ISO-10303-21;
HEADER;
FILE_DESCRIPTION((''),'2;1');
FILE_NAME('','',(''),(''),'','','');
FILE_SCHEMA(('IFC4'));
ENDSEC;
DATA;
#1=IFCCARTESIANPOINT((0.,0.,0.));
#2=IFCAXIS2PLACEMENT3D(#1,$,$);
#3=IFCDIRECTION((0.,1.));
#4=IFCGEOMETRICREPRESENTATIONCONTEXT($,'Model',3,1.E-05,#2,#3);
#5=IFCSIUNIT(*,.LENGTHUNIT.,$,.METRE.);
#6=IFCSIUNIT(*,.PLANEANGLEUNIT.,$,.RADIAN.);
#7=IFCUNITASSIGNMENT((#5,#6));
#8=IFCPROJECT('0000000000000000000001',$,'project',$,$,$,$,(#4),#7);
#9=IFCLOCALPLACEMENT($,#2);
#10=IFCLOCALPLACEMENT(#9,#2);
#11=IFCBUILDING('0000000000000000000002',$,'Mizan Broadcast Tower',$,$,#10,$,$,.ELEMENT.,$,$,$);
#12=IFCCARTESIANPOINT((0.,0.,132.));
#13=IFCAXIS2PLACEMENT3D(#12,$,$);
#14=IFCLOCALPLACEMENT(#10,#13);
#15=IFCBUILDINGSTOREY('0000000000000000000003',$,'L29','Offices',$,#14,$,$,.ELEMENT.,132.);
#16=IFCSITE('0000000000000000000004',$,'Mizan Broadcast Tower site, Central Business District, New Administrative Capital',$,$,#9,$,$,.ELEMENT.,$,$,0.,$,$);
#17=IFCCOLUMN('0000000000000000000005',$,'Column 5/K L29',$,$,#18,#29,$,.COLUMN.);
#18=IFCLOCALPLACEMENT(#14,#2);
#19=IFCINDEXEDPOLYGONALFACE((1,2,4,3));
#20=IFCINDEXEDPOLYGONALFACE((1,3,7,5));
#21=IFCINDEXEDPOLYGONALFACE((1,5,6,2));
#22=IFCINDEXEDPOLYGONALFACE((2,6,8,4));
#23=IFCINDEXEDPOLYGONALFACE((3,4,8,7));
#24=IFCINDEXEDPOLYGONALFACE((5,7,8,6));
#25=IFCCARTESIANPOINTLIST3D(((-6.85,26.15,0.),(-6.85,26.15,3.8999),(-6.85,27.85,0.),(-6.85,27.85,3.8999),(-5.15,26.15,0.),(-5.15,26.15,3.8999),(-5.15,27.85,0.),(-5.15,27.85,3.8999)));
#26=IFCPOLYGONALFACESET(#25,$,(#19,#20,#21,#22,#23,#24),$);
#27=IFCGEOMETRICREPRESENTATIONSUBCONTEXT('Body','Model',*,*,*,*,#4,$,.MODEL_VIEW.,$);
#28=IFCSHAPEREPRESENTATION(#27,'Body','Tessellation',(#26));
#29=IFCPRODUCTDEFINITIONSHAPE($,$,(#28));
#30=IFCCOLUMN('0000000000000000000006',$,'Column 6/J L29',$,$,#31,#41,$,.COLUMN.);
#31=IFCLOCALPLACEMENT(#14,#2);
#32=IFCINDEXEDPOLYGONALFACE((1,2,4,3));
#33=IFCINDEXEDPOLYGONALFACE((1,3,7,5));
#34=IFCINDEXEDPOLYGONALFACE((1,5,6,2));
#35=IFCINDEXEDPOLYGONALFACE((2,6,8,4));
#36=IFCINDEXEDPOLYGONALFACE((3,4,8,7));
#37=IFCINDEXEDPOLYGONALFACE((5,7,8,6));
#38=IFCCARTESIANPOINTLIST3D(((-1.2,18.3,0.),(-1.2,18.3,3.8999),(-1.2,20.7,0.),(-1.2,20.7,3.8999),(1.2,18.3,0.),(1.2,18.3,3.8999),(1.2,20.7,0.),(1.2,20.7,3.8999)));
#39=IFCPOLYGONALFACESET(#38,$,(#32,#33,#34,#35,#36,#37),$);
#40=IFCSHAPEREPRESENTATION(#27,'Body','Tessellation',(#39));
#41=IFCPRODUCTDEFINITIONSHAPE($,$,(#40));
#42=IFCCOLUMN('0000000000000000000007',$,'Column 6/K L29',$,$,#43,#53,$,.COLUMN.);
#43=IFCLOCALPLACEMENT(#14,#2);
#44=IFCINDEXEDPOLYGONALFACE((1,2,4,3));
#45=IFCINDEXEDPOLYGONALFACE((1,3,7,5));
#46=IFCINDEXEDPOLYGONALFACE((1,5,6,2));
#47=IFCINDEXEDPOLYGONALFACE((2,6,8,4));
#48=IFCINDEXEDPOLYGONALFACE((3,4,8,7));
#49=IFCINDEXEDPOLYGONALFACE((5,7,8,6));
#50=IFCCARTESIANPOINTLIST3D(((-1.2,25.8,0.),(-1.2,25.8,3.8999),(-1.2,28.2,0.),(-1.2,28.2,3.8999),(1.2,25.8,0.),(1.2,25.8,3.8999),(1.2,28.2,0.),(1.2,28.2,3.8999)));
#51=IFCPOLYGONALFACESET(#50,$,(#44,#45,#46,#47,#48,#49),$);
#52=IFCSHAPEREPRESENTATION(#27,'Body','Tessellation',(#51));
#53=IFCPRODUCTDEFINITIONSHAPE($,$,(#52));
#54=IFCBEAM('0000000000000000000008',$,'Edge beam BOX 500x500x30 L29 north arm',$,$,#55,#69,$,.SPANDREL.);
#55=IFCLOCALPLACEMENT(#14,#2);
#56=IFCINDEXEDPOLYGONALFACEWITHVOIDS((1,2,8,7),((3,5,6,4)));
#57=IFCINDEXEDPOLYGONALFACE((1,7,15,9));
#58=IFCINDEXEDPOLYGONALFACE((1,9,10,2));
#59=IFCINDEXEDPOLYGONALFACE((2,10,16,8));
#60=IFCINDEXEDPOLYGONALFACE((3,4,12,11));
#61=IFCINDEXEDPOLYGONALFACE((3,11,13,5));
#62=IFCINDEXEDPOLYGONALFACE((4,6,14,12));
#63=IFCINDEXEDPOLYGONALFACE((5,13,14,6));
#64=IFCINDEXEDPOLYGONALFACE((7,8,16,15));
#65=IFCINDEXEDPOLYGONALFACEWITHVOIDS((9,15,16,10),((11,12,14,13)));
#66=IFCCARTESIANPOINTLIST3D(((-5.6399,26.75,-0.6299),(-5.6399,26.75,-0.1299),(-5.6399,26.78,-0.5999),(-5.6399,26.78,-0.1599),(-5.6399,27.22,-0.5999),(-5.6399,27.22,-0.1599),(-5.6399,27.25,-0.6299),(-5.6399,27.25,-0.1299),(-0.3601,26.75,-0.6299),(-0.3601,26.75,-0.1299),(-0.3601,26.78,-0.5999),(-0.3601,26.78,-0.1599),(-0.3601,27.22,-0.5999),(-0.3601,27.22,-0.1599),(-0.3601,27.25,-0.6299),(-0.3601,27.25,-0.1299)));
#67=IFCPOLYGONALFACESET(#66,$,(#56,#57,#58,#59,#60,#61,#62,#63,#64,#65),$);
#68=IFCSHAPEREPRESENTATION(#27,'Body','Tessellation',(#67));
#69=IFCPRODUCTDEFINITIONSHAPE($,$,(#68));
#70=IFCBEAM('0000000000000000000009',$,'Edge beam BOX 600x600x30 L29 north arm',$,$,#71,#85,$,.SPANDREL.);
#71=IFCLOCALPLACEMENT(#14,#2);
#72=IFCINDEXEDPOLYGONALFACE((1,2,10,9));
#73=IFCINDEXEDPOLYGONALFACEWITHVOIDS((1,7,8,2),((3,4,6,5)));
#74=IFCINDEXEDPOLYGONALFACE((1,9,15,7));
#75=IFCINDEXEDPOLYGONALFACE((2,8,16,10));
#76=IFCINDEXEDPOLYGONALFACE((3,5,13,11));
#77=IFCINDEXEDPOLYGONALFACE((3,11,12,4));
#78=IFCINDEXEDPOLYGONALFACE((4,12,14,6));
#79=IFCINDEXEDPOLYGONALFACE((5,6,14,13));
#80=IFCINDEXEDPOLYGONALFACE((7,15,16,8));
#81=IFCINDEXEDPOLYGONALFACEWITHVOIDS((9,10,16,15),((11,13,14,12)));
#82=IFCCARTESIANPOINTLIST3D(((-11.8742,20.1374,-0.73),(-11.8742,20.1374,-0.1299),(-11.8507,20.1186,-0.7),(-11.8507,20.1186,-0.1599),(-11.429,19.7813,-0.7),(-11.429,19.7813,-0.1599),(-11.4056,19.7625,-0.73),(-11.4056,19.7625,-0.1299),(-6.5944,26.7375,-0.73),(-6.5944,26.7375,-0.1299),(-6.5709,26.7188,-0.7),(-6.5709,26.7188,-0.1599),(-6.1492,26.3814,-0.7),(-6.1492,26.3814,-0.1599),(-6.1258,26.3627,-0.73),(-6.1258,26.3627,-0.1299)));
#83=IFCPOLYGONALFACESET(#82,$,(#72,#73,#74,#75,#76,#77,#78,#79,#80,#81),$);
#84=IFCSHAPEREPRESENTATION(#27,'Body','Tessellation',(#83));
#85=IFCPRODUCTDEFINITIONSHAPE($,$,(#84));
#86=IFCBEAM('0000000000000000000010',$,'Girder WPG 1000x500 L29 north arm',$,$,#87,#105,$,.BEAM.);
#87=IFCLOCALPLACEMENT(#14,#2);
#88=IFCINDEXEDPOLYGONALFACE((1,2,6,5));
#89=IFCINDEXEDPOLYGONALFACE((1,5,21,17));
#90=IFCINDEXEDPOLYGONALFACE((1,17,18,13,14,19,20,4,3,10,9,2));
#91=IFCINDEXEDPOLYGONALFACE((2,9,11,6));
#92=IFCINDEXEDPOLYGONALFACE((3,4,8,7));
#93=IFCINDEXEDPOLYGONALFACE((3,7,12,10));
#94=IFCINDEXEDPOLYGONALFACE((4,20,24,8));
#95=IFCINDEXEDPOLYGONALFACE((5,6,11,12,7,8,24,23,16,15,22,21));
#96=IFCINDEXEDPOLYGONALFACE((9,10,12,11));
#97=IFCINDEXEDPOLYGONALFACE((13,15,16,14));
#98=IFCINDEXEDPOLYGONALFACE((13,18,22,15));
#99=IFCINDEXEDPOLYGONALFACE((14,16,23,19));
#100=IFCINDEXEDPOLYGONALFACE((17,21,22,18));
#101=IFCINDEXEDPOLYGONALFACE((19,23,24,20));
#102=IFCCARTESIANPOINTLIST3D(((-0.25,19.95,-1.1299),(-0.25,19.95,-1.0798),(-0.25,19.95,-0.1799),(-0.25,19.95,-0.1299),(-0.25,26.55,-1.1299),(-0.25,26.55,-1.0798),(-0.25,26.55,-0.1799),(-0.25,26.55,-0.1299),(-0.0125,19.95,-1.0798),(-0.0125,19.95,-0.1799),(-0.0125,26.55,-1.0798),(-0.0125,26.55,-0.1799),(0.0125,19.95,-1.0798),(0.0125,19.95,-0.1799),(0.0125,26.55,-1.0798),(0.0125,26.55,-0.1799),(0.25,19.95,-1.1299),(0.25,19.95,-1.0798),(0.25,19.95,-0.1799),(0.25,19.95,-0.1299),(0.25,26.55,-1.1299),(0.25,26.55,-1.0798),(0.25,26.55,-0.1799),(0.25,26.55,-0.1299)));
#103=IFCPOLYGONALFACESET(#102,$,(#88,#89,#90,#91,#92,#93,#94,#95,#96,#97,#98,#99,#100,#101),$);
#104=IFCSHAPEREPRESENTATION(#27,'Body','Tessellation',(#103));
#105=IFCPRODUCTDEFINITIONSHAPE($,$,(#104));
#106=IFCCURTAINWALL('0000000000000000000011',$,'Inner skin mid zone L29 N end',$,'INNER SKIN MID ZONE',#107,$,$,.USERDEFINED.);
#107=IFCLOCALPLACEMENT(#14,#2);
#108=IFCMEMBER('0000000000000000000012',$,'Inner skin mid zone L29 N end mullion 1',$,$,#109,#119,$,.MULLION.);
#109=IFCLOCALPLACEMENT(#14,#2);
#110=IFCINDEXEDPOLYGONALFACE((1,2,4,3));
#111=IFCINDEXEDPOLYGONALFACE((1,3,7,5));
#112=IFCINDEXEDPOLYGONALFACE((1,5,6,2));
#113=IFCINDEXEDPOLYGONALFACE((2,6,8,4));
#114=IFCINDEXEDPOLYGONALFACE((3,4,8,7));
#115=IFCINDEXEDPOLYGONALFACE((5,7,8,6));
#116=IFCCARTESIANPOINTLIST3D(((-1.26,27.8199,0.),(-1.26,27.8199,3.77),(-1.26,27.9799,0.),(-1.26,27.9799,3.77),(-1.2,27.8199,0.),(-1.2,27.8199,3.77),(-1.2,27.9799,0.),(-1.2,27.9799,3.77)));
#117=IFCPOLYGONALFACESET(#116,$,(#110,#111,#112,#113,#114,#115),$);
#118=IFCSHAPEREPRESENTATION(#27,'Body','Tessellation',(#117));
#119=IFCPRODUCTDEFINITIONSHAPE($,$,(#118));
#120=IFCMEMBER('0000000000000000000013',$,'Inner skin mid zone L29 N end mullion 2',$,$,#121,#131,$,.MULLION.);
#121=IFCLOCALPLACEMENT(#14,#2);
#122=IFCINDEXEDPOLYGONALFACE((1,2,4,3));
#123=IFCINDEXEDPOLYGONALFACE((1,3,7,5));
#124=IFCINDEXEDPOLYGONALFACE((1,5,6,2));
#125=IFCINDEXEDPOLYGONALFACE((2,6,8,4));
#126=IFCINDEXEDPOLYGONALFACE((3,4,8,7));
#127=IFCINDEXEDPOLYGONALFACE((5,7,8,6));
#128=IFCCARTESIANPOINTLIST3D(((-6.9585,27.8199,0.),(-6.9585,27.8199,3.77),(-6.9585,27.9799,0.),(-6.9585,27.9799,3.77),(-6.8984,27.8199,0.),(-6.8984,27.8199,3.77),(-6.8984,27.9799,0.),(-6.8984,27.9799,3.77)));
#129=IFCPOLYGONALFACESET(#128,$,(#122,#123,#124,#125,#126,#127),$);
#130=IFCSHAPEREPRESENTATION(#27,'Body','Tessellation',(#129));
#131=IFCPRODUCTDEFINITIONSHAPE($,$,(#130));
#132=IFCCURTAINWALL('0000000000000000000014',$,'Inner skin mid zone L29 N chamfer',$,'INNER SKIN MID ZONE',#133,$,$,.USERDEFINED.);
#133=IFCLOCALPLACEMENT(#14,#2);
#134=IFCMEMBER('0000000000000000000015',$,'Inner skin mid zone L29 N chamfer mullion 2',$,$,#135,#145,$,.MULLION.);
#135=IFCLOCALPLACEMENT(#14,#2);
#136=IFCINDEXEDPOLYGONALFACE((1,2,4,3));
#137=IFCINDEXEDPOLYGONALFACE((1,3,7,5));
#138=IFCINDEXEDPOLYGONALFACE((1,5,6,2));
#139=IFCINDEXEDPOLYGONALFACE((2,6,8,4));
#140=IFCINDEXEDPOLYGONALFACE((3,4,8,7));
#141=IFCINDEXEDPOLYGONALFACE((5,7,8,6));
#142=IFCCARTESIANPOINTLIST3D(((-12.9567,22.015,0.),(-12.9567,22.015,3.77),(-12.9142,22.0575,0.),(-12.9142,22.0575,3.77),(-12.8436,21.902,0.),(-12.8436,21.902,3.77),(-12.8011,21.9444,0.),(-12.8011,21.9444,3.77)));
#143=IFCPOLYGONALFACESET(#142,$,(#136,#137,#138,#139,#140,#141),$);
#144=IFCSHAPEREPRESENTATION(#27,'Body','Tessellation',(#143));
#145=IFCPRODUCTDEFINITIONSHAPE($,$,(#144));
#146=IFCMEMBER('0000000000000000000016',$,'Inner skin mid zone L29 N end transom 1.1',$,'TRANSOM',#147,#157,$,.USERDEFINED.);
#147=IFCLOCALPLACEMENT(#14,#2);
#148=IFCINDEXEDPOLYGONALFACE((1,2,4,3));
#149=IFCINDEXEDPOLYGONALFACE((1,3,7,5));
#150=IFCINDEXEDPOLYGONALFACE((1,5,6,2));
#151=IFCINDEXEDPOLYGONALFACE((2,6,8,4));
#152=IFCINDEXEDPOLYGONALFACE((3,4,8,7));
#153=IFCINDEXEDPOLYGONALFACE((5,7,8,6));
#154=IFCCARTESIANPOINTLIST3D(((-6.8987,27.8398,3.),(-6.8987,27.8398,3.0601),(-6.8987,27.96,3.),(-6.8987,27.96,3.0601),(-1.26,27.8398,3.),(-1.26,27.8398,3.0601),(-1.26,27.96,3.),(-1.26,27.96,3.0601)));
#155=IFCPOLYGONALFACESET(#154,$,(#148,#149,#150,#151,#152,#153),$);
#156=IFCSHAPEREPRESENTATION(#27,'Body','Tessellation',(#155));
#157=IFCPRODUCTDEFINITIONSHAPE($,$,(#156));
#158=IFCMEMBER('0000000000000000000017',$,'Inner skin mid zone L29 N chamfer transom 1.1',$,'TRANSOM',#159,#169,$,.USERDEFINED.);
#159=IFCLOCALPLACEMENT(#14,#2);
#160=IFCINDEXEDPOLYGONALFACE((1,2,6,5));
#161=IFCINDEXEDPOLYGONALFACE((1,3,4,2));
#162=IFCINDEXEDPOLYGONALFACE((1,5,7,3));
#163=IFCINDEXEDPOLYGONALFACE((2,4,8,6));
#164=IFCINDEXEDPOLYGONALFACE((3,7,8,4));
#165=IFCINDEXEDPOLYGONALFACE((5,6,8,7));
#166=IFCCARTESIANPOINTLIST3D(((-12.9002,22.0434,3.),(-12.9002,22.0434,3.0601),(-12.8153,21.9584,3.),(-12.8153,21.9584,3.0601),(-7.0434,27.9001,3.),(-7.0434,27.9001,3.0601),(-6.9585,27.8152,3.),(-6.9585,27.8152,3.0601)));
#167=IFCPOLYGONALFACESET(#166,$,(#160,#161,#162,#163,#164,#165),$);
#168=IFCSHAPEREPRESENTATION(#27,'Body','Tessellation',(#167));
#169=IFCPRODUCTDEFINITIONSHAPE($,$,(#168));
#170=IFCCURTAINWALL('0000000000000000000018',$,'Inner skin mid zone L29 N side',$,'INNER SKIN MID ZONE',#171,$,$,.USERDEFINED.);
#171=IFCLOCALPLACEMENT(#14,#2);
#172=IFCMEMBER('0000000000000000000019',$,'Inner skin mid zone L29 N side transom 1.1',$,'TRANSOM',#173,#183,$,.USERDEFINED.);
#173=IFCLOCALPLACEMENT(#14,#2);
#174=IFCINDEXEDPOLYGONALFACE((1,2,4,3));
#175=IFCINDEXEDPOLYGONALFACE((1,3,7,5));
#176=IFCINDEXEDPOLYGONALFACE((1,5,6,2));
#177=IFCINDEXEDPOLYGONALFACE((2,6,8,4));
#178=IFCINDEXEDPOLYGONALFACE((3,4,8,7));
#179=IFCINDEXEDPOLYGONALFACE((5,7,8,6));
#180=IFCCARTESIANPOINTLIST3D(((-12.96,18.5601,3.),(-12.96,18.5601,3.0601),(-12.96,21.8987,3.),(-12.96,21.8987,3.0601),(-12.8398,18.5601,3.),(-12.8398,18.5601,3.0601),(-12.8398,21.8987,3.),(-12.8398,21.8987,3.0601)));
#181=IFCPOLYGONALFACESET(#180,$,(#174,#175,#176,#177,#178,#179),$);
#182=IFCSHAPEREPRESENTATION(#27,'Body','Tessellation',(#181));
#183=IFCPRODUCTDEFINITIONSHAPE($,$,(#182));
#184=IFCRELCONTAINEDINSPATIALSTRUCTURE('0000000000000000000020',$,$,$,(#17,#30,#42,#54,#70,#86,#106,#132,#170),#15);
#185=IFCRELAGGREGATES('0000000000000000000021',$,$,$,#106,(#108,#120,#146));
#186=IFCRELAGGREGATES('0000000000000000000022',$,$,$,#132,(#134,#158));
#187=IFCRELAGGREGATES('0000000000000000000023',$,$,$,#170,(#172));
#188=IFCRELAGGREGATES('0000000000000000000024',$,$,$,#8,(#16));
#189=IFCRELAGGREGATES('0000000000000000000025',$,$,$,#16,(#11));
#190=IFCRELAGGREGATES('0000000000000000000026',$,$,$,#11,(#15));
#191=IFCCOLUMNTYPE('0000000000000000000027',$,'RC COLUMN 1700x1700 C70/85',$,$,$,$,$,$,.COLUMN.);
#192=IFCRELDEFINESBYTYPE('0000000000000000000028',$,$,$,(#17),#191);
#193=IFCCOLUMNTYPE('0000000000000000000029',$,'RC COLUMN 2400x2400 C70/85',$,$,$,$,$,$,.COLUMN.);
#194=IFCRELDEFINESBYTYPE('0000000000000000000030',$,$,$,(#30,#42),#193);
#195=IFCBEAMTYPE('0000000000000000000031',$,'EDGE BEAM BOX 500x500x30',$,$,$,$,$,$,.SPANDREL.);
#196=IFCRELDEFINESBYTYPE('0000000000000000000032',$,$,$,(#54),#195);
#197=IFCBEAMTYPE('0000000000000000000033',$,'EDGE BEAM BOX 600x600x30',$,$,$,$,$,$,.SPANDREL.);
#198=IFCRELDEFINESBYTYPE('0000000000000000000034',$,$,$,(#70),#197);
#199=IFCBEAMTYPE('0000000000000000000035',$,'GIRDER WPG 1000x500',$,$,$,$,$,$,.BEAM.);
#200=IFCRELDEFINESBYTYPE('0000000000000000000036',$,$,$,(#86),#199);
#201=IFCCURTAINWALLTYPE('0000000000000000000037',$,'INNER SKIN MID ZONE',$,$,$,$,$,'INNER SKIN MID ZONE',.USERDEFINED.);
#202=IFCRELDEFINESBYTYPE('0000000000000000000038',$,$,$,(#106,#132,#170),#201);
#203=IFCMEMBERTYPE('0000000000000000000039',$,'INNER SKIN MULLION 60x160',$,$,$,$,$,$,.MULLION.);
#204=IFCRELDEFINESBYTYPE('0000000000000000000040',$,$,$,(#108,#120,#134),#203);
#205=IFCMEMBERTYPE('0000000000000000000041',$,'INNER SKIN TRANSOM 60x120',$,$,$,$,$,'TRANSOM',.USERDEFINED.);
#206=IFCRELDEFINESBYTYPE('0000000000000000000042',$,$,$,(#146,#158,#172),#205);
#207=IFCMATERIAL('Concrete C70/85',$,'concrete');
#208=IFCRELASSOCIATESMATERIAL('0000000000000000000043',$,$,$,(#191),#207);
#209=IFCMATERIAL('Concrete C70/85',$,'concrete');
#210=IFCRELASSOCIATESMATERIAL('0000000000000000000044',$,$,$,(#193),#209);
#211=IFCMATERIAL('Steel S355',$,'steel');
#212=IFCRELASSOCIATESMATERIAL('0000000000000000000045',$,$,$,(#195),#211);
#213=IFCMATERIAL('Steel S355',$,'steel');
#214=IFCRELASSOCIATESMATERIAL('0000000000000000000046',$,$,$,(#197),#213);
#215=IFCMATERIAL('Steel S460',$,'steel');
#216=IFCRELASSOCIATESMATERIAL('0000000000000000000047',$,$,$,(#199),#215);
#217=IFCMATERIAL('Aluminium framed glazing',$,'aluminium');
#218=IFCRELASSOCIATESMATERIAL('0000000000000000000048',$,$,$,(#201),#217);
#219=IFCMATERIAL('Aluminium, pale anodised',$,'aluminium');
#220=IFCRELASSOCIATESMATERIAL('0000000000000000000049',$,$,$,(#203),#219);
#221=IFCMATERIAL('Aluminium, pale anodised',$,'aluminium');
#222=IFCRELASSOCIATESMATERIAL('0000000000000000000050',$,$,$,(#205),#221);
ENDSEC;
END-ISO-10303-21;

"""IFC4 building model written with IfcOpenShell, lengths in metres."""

from ifc_helpers import new_model, si_unit, direction, frame, origin, origin_2d, place, context, subcontext, project, spatial, rectangle, hollow_rectangle, i_section, extrude, material, material_profile, profile_set, type_object, element, aggregate, save


model = new_model("IFC4")

# Units and contexts
model_context = context("Model", 3, precision=1e-05, world=origin(), true_north=direction((0.0, 1.0)))
body_context = subcontext(model_context, "Body", "Model", "MODEL_VIEW")
ifc_project = project(units=[si_unit("LENGTHUNIT", "METRE"), si_unit("PLANEANGLEUNIT", "RADIAN")], contexts=[model_context])

# Site, building, storey
site_placement = place(None, origin())
site = spatial("IfcSite", under=ifc_project, at=site_placement, Name="Mizan Broadcast Tower site, Central Business District, New Administrative Capital", CompositionType="ELEMENT", RefElevation=0.0)
building_placement = place(site_placement, origin())
building = spatial("IfcBuilding", under=site, at=building_placement, Name="Mizan Broadcast Tower", CompositionType="ELEMENT")
storey_placement = place(building_placement, frame((0.0, 0.0, 132.0)))
storey = spatial("IfcBuildingStorey", under=building, at=storey_placement, Name="L29", Description="Offices", CompositionType="ELEMENT", Elevation=132.0)

# Columns
ifc_material_1 = material(Name="Concrete C70/85", Category="concrete")
ifc_material_profile_1 = material_profile(ifc_material_1, rectangle(XDim=1.7, YDim=1.7, at=origin_2d()), Name="RC 1700x1700")
ifc_profile_set_1 = profile_set([ifc_material_profile_1], Name="Concrete C70/85")
column_type_1 = type_object("IfcColumnType", Name="RC COLUMN 1700x1700 C70/85", PredefinedType="COLUMN", material=ifc_profile_set_1)
column_placement = place(storey_placement, frame((-6.0, 27.0, 0.0), z_axis=(0.0, 0.0, 1.0), x_axis=(1.0, 0.0, 0.0)))
element("IfcColumn", 1, at=column_placement, inside=storey, type_object=column_type_1, Name="Column 5/K L29", PredefinedType="COLUMN", context=body_context, shape_type="SweptSolid", body=[
    extrude(rectangle(XDim=1.7, YDim=1.7, at=origin_2d()), origin(), (0.0, 0.0, 1.0), 3.8999),
])
ifc_material_2 = material(Name="Concrete C70/85", Category="concrete")
ifc_material_profile_2 = material_profile(ifc_material_2, rectangle(XDim=2.3999, YDim=2.3999, at=origin_2d()), Name="RC 2400x2400")
ifc_profile_set_2 = profile_set([ifc_material_profile_2], Name="Concrete C70/85")
column_type_2 = type_object("IfcColumnType", Name="RC COLUMN 2400x2400 C70/85", PredefinedType="COLUMN", material=ifc_profile_set_2)
for number, where, z_axis, x_axis, name in (
    (2, (0.0, 19.5, 0.0), (0.0, 0.0, 1.0), (1.0, 0.0, 0.0), "Column 6/J L29"),
    (3, (0.0, 27.0, 0.0), (0.0, 0.0, 1.0), (1.0, 0.0, 0.0), "Column 6/K L29"),
):
    element("IfcColumn", number, at=place(storey_placement, frame(where, z_axis=z_axis, x_axis=x_axis)), inside=storey, type_object=column_type_2, Name=name, PredefinedType="COLUMN", context=body_context, shape_type="SweptSolid", body=[
        extrude(rectangle(XDim=2.3999, YDim=2.3999, at=origin_2d()), origin(), (0.0, 0.0, 1.0), 3.8999),
    ])

# Beams
ifc_material_3 = material(Name="Steel S355", Category="steel")
ifc_material_profile_3 = material_profile(ifc_material_3, hollow_rectangle(XDim=0.5, YDim=0.5, WallThickness=0.03, at=origin_2d()), Name="BOX 500x500x30")
ifc_profile_set_3 = profile_set([ifc_material_profile_3], Name="Steel S355")
beam_type_1 = type_object("IfcBeamType", Name="EDGE BEAM BOX 500x500x30", PredefinedType="SPANDREL", material=ifc_profile_set_3)
beam_1_placement = place(storey_placement, frame((-5.6399, 27.0, -0.3799), z_axis=(1.0, 0.0, 0.0), x_axis=(0.0, 1.0, 0.0)))
element("IfcBeam", 4, at=beam_1_placement, inside=storey, type_object=beam_type_1, Name="Edge beam BOX 500x500x30 L29 north arm", PredefinedType="SPANDREL", context=body_context, shape_type="SweptSolid", body=[
    extrude(hollow_rectangle(XDim=0.5, YDim=0.5, WallThickness=0.03, at=origin_2d()), origin(), (0.0, 0.0, 1.0), 5.2798),
])
ifc_material_4 = material(Name="Steel S355", Category="steel")
ifc_material_profile_4 = material_profile(ifc_material_4, hollow_rectangle(XDim=0.6001, YDim=0.6001, WallThickness=0.03, at=origin_2d()), Name="BOX 600x600x30")
ifc_profile_set_4 = profile_set([ifc_material_profile_4], Name="Steel S355")
beam_type_2 = type_object("IfcBeamType", Name="EDGE BEAM BOX 600x600x30", PredefinedType="SPANDREL", material=ifc_profile_set_4)
beam_2_placement = place(storey_placement, frame((-11.6399, 19.95, -0.4299), z_axis=(0.624674, 0.780886, 0.0), x_axis=(-0.780886, 0.624674, 0.0)))
element("IfcBeam", 5, at=beam_2_placement, inside=storey, type_object=beam_type_2, Name="Edge beam BOX 600x600x30 L29 north arm", PredefinedType="SPANDREL", context=body_context, shape_type="SweptSolid", body=[
    extrude(hollow_rectangle(XDim=0.6001, YDim=0.6001, WallThickness=0.03, at=origin_2d()), origin(), (0.0, 0.0, 1.0), 8.4521),
])
ifc_material_5 = material(Name="Steel S460", Category="steel")
ifc_material_profile_5 = material_profile(ifc_material_5, i_section(OverallWidth=0.5, OverallDepth=1.0, WebThickness=0.0249, FlangeThickness=0.05, at=origin_2d()), Name="WPG 1000x500")
ifc_profile_set_5 = profile_set([ifc_material_profile_5], Name="Steel S460")
beam_type_3 = type_object("IfcBeamType", Name="GIRDER WPG 1000x500", PredefinedType="BEAM", material=ifc_profile_set_5)
beam_3_placement = place(storey_placement, frame((0.0, 19.95, -0.6299), z_axis=(0.0, 1.0, 0.0), x_axis=(-1.0, 0.0, 0.0)))
element("IfcBeam", 6, at=beam_3_placement, inside=storey, type_object=beam_type_3, Name="Girder WPG 1000x500 L29 north arm", PredefinedType="BEAM", context=body_context, shape_type="SweptSolid", body=[
    extrude(i_section(OverallWidth=0.5, OverallDepth=1.0, WebThickness=0.0249, FlangeThickness=0.05, at=origin_2d()), origin(), (0.0, 0.0, 1.0), 6.6001),
])

# Curtain wall, members
ifc_material_6 = material(Name="Aluminium framed glazing", Category="aluminium")
curtain_wall_type_1 = type_object("IfcCurtainWallType", Name="INNER SKIN MID ZONE", ElementType="INNER SKIN MID ZONE", PredefinedType="USERDEFINED", material=ifc_material_6)
curtain_wall_1_placement = place(storey_placement, origin())
curtain_wall_1 = element("IfcCurtainWall", 7, at=curtain_wall_1_placement, inside=storey, type_object=curtain_wall_type_1, Name="Inner skin mid zone L29 N end", ObjectType="INNER SKIN MID ZONE", PredefinedType="USERDEFINED")
ifc_material_7 = material(Name="Aluminium, pale anodised", Category="aluminium")
ifc_material_profile_6 = material_profile(ifc_material_7, rectangle(XDim=0.1599, YDim=0.0601, at=origin_2d()), Name="MULLION 160x60")
ifc_profile_set_6 = profile_set([ifc_material_profile_6], Name="Aluminium, pale anodised")
member_type_1 = type_object("IfcMemberType", Name="INNER SKIN MULLION 60x160", PredefinedType="MULLION", material=ifc_profile_set_6)
member_1_placement = place(storey_placement, frame((-1.23, 27.8999, 0.0), z_axis=(0.0, 0.0, 1.0), x_axis=(0.0, -1.0, 0.0)))
member_1 = element("IfcMember", 8, at=member_1_placement, type_object=member_type_1, Name="Inner skin mid zone L29 N end mullion 1", PredefinedType="MULLION", context=body_context, shape_type="SweptSolid", body=[
    extrude(rectangle(XDim=0.1599, YDim=0.0601, at=origin_2d()), origin(), (0.0, 0.0, 1.0), 3.77),
])
member_2_placement = place(storey_placement, frame((-6.9285, 27.8999, 0.0), z_axis=(0.0, 0.0, 1.0), x_axis=(0.0, -1.0, 0.0)))
member_2 = element("IfcMember", 9, at=member_2_placement, type_object=member_type_1, Name="Inner skin mid zone L29 N end mullion 2", PredefinedType="MULLION", context=body_context, shape_type="SweptSolid", body=[
    extrude(rectangle(XDim=0.1599, YDim=0.0601, at=origin_2d()), origin(), (0.0, 0.0, 1.0), 3.77),
])

# Curtain wall, member
curtain_wall_2_placement = place(storey_placement, origin())
curtain_wall_2 = element("IfcCurtainWall", 10, at=curtain_wall_2_placement, inside=storey, type_object=curtain_wall_type_1, Name="Inner skin mid zone L29 N chamfer", ObjectType="INNER SKIN MID ZONE", PredefinedType="USERDEFINED")
member_3_placement = place(storey_placement, frame((-12.8789, 21.9797, 0.0), z_axis=(0.0, 0.0, 1.0), x_axis=(0.707107, -0.707107, 0.0)))
member_3 = element("IfcMember", 11, at=member_3_placement, type_object=member_type_1, Name="Inner skin mid zone L29 N chamfer mullion 2", PredefinedType="MULLION", context=body_context, shape_type="SweptSolid", body=[
    extrude(rectangle(XDim=0.1599, YDim=0.0601, at=origin_2d()), origin(), (0.0, 0.0, 1.0), 3.77),
])

# Members
ifc_material_8 = material(Name="Aluminium, pale anodised", Category="aluminium")
ifc_material_profile_7 = material_profile(ifc_material_8, rectangle(XDim=0.1201, YDim=0.0601, at=origin_2d()), Name="TRANSOM 120x60")
ifc_profile_set_7 = profile_set([ifc_material_profile_7], Name="Aluminium, pale anodised")
member_type_2 = type_object("IfcMemberType", Name="INNER SKIN TRANSOM 60x120", ElementType="TRANSOM", PredefinedType="USERDEFINED", material=ifc_profile_set_7)
member_4_placement = place(storey_placement, frame((-1.26, 27.8999, 3.03), z_axis=(-1.0, 0.0, 0.0), x_axis=(0.0, -1.0, 0.0)))
member_4 = element("IfcMember", 12, at=member_4_placement, type_object=member_type_2, Name="Inner skin mid zone L29 N end transom 1.1", ObjectType="TRANSOM", PredefinedType="USERDEFINED", context=body_context, shape_type="SweptSolid", body=[
    extrude(rectangle(XDim=0.1201, YDim=0.0601, at=origin_2d()), origin(), (0.0, 0.0, 1.0), 5.6387),
])
member_5_placement = place(storey_placement, frame((-7.001, 27.8577, 3.03), z_axis=(-0.707107, -0.707107, 0.0), x_axis=(0.707107, -0.707107, 0.0)))
member_5 = element("IfcMember", 13, at=member_5_placement, type_object=member_type_2, Name="Inner skin mid zone L29 N chamfer transom 1.1", ObjectType="TRANSOM", PredefinedType="USERDEFINED", context=body_context, shape_type="SweptSolid", body=[
    extrude(rectangle(XDim=0.1201, YDim=0.0601, at=origin_2d()), origin(), (0.0, 0.0, 1.0), 8.2827),
])

# Curtain wall, member
curtain_wall_3_placement = place(storey_placement, origin())
curtain_wall_3 = element("IfcCurtainWall", 14, at=curtain_wall_3_placement, inside=storey, type_object=curtain_wall_type_1, Name="Inner skin mid zone L29 N side", ObjectType="INNER SKIN MID ZONE", PredefinedType="USERDEFINED")
member_6_placement = place(storey_placement, frame((-12.8999, 21.8987, 3.03), z_axis=(0.0, -1.0, 0.0), x_axis=(1.0, 0.0, 0.0)))
member_6 = element("IfcMember", 15, at=member_6_placement, type_object=member_type_2, Name="Inner skin mid zone L29 N side transom 1.1", ObjectType="TRANSOM", PredefinedType="USERDEFINED", context=body_context, shape_type="SweptSolid", body=[
    extrude(rectangle(XDim=0.1201, YDim=0.0601, at=origin_2d()), origin(), (0.0, 0.0, 1.0), 3.3386),
])

aggregate(curtain_wall_1, [member_1, member_2, member_4])
aggregate(curtain_wall_2, [member_3, member_5])
aggregate(curtain_wall_3, [member_6])

save(model, "model.ifc")
